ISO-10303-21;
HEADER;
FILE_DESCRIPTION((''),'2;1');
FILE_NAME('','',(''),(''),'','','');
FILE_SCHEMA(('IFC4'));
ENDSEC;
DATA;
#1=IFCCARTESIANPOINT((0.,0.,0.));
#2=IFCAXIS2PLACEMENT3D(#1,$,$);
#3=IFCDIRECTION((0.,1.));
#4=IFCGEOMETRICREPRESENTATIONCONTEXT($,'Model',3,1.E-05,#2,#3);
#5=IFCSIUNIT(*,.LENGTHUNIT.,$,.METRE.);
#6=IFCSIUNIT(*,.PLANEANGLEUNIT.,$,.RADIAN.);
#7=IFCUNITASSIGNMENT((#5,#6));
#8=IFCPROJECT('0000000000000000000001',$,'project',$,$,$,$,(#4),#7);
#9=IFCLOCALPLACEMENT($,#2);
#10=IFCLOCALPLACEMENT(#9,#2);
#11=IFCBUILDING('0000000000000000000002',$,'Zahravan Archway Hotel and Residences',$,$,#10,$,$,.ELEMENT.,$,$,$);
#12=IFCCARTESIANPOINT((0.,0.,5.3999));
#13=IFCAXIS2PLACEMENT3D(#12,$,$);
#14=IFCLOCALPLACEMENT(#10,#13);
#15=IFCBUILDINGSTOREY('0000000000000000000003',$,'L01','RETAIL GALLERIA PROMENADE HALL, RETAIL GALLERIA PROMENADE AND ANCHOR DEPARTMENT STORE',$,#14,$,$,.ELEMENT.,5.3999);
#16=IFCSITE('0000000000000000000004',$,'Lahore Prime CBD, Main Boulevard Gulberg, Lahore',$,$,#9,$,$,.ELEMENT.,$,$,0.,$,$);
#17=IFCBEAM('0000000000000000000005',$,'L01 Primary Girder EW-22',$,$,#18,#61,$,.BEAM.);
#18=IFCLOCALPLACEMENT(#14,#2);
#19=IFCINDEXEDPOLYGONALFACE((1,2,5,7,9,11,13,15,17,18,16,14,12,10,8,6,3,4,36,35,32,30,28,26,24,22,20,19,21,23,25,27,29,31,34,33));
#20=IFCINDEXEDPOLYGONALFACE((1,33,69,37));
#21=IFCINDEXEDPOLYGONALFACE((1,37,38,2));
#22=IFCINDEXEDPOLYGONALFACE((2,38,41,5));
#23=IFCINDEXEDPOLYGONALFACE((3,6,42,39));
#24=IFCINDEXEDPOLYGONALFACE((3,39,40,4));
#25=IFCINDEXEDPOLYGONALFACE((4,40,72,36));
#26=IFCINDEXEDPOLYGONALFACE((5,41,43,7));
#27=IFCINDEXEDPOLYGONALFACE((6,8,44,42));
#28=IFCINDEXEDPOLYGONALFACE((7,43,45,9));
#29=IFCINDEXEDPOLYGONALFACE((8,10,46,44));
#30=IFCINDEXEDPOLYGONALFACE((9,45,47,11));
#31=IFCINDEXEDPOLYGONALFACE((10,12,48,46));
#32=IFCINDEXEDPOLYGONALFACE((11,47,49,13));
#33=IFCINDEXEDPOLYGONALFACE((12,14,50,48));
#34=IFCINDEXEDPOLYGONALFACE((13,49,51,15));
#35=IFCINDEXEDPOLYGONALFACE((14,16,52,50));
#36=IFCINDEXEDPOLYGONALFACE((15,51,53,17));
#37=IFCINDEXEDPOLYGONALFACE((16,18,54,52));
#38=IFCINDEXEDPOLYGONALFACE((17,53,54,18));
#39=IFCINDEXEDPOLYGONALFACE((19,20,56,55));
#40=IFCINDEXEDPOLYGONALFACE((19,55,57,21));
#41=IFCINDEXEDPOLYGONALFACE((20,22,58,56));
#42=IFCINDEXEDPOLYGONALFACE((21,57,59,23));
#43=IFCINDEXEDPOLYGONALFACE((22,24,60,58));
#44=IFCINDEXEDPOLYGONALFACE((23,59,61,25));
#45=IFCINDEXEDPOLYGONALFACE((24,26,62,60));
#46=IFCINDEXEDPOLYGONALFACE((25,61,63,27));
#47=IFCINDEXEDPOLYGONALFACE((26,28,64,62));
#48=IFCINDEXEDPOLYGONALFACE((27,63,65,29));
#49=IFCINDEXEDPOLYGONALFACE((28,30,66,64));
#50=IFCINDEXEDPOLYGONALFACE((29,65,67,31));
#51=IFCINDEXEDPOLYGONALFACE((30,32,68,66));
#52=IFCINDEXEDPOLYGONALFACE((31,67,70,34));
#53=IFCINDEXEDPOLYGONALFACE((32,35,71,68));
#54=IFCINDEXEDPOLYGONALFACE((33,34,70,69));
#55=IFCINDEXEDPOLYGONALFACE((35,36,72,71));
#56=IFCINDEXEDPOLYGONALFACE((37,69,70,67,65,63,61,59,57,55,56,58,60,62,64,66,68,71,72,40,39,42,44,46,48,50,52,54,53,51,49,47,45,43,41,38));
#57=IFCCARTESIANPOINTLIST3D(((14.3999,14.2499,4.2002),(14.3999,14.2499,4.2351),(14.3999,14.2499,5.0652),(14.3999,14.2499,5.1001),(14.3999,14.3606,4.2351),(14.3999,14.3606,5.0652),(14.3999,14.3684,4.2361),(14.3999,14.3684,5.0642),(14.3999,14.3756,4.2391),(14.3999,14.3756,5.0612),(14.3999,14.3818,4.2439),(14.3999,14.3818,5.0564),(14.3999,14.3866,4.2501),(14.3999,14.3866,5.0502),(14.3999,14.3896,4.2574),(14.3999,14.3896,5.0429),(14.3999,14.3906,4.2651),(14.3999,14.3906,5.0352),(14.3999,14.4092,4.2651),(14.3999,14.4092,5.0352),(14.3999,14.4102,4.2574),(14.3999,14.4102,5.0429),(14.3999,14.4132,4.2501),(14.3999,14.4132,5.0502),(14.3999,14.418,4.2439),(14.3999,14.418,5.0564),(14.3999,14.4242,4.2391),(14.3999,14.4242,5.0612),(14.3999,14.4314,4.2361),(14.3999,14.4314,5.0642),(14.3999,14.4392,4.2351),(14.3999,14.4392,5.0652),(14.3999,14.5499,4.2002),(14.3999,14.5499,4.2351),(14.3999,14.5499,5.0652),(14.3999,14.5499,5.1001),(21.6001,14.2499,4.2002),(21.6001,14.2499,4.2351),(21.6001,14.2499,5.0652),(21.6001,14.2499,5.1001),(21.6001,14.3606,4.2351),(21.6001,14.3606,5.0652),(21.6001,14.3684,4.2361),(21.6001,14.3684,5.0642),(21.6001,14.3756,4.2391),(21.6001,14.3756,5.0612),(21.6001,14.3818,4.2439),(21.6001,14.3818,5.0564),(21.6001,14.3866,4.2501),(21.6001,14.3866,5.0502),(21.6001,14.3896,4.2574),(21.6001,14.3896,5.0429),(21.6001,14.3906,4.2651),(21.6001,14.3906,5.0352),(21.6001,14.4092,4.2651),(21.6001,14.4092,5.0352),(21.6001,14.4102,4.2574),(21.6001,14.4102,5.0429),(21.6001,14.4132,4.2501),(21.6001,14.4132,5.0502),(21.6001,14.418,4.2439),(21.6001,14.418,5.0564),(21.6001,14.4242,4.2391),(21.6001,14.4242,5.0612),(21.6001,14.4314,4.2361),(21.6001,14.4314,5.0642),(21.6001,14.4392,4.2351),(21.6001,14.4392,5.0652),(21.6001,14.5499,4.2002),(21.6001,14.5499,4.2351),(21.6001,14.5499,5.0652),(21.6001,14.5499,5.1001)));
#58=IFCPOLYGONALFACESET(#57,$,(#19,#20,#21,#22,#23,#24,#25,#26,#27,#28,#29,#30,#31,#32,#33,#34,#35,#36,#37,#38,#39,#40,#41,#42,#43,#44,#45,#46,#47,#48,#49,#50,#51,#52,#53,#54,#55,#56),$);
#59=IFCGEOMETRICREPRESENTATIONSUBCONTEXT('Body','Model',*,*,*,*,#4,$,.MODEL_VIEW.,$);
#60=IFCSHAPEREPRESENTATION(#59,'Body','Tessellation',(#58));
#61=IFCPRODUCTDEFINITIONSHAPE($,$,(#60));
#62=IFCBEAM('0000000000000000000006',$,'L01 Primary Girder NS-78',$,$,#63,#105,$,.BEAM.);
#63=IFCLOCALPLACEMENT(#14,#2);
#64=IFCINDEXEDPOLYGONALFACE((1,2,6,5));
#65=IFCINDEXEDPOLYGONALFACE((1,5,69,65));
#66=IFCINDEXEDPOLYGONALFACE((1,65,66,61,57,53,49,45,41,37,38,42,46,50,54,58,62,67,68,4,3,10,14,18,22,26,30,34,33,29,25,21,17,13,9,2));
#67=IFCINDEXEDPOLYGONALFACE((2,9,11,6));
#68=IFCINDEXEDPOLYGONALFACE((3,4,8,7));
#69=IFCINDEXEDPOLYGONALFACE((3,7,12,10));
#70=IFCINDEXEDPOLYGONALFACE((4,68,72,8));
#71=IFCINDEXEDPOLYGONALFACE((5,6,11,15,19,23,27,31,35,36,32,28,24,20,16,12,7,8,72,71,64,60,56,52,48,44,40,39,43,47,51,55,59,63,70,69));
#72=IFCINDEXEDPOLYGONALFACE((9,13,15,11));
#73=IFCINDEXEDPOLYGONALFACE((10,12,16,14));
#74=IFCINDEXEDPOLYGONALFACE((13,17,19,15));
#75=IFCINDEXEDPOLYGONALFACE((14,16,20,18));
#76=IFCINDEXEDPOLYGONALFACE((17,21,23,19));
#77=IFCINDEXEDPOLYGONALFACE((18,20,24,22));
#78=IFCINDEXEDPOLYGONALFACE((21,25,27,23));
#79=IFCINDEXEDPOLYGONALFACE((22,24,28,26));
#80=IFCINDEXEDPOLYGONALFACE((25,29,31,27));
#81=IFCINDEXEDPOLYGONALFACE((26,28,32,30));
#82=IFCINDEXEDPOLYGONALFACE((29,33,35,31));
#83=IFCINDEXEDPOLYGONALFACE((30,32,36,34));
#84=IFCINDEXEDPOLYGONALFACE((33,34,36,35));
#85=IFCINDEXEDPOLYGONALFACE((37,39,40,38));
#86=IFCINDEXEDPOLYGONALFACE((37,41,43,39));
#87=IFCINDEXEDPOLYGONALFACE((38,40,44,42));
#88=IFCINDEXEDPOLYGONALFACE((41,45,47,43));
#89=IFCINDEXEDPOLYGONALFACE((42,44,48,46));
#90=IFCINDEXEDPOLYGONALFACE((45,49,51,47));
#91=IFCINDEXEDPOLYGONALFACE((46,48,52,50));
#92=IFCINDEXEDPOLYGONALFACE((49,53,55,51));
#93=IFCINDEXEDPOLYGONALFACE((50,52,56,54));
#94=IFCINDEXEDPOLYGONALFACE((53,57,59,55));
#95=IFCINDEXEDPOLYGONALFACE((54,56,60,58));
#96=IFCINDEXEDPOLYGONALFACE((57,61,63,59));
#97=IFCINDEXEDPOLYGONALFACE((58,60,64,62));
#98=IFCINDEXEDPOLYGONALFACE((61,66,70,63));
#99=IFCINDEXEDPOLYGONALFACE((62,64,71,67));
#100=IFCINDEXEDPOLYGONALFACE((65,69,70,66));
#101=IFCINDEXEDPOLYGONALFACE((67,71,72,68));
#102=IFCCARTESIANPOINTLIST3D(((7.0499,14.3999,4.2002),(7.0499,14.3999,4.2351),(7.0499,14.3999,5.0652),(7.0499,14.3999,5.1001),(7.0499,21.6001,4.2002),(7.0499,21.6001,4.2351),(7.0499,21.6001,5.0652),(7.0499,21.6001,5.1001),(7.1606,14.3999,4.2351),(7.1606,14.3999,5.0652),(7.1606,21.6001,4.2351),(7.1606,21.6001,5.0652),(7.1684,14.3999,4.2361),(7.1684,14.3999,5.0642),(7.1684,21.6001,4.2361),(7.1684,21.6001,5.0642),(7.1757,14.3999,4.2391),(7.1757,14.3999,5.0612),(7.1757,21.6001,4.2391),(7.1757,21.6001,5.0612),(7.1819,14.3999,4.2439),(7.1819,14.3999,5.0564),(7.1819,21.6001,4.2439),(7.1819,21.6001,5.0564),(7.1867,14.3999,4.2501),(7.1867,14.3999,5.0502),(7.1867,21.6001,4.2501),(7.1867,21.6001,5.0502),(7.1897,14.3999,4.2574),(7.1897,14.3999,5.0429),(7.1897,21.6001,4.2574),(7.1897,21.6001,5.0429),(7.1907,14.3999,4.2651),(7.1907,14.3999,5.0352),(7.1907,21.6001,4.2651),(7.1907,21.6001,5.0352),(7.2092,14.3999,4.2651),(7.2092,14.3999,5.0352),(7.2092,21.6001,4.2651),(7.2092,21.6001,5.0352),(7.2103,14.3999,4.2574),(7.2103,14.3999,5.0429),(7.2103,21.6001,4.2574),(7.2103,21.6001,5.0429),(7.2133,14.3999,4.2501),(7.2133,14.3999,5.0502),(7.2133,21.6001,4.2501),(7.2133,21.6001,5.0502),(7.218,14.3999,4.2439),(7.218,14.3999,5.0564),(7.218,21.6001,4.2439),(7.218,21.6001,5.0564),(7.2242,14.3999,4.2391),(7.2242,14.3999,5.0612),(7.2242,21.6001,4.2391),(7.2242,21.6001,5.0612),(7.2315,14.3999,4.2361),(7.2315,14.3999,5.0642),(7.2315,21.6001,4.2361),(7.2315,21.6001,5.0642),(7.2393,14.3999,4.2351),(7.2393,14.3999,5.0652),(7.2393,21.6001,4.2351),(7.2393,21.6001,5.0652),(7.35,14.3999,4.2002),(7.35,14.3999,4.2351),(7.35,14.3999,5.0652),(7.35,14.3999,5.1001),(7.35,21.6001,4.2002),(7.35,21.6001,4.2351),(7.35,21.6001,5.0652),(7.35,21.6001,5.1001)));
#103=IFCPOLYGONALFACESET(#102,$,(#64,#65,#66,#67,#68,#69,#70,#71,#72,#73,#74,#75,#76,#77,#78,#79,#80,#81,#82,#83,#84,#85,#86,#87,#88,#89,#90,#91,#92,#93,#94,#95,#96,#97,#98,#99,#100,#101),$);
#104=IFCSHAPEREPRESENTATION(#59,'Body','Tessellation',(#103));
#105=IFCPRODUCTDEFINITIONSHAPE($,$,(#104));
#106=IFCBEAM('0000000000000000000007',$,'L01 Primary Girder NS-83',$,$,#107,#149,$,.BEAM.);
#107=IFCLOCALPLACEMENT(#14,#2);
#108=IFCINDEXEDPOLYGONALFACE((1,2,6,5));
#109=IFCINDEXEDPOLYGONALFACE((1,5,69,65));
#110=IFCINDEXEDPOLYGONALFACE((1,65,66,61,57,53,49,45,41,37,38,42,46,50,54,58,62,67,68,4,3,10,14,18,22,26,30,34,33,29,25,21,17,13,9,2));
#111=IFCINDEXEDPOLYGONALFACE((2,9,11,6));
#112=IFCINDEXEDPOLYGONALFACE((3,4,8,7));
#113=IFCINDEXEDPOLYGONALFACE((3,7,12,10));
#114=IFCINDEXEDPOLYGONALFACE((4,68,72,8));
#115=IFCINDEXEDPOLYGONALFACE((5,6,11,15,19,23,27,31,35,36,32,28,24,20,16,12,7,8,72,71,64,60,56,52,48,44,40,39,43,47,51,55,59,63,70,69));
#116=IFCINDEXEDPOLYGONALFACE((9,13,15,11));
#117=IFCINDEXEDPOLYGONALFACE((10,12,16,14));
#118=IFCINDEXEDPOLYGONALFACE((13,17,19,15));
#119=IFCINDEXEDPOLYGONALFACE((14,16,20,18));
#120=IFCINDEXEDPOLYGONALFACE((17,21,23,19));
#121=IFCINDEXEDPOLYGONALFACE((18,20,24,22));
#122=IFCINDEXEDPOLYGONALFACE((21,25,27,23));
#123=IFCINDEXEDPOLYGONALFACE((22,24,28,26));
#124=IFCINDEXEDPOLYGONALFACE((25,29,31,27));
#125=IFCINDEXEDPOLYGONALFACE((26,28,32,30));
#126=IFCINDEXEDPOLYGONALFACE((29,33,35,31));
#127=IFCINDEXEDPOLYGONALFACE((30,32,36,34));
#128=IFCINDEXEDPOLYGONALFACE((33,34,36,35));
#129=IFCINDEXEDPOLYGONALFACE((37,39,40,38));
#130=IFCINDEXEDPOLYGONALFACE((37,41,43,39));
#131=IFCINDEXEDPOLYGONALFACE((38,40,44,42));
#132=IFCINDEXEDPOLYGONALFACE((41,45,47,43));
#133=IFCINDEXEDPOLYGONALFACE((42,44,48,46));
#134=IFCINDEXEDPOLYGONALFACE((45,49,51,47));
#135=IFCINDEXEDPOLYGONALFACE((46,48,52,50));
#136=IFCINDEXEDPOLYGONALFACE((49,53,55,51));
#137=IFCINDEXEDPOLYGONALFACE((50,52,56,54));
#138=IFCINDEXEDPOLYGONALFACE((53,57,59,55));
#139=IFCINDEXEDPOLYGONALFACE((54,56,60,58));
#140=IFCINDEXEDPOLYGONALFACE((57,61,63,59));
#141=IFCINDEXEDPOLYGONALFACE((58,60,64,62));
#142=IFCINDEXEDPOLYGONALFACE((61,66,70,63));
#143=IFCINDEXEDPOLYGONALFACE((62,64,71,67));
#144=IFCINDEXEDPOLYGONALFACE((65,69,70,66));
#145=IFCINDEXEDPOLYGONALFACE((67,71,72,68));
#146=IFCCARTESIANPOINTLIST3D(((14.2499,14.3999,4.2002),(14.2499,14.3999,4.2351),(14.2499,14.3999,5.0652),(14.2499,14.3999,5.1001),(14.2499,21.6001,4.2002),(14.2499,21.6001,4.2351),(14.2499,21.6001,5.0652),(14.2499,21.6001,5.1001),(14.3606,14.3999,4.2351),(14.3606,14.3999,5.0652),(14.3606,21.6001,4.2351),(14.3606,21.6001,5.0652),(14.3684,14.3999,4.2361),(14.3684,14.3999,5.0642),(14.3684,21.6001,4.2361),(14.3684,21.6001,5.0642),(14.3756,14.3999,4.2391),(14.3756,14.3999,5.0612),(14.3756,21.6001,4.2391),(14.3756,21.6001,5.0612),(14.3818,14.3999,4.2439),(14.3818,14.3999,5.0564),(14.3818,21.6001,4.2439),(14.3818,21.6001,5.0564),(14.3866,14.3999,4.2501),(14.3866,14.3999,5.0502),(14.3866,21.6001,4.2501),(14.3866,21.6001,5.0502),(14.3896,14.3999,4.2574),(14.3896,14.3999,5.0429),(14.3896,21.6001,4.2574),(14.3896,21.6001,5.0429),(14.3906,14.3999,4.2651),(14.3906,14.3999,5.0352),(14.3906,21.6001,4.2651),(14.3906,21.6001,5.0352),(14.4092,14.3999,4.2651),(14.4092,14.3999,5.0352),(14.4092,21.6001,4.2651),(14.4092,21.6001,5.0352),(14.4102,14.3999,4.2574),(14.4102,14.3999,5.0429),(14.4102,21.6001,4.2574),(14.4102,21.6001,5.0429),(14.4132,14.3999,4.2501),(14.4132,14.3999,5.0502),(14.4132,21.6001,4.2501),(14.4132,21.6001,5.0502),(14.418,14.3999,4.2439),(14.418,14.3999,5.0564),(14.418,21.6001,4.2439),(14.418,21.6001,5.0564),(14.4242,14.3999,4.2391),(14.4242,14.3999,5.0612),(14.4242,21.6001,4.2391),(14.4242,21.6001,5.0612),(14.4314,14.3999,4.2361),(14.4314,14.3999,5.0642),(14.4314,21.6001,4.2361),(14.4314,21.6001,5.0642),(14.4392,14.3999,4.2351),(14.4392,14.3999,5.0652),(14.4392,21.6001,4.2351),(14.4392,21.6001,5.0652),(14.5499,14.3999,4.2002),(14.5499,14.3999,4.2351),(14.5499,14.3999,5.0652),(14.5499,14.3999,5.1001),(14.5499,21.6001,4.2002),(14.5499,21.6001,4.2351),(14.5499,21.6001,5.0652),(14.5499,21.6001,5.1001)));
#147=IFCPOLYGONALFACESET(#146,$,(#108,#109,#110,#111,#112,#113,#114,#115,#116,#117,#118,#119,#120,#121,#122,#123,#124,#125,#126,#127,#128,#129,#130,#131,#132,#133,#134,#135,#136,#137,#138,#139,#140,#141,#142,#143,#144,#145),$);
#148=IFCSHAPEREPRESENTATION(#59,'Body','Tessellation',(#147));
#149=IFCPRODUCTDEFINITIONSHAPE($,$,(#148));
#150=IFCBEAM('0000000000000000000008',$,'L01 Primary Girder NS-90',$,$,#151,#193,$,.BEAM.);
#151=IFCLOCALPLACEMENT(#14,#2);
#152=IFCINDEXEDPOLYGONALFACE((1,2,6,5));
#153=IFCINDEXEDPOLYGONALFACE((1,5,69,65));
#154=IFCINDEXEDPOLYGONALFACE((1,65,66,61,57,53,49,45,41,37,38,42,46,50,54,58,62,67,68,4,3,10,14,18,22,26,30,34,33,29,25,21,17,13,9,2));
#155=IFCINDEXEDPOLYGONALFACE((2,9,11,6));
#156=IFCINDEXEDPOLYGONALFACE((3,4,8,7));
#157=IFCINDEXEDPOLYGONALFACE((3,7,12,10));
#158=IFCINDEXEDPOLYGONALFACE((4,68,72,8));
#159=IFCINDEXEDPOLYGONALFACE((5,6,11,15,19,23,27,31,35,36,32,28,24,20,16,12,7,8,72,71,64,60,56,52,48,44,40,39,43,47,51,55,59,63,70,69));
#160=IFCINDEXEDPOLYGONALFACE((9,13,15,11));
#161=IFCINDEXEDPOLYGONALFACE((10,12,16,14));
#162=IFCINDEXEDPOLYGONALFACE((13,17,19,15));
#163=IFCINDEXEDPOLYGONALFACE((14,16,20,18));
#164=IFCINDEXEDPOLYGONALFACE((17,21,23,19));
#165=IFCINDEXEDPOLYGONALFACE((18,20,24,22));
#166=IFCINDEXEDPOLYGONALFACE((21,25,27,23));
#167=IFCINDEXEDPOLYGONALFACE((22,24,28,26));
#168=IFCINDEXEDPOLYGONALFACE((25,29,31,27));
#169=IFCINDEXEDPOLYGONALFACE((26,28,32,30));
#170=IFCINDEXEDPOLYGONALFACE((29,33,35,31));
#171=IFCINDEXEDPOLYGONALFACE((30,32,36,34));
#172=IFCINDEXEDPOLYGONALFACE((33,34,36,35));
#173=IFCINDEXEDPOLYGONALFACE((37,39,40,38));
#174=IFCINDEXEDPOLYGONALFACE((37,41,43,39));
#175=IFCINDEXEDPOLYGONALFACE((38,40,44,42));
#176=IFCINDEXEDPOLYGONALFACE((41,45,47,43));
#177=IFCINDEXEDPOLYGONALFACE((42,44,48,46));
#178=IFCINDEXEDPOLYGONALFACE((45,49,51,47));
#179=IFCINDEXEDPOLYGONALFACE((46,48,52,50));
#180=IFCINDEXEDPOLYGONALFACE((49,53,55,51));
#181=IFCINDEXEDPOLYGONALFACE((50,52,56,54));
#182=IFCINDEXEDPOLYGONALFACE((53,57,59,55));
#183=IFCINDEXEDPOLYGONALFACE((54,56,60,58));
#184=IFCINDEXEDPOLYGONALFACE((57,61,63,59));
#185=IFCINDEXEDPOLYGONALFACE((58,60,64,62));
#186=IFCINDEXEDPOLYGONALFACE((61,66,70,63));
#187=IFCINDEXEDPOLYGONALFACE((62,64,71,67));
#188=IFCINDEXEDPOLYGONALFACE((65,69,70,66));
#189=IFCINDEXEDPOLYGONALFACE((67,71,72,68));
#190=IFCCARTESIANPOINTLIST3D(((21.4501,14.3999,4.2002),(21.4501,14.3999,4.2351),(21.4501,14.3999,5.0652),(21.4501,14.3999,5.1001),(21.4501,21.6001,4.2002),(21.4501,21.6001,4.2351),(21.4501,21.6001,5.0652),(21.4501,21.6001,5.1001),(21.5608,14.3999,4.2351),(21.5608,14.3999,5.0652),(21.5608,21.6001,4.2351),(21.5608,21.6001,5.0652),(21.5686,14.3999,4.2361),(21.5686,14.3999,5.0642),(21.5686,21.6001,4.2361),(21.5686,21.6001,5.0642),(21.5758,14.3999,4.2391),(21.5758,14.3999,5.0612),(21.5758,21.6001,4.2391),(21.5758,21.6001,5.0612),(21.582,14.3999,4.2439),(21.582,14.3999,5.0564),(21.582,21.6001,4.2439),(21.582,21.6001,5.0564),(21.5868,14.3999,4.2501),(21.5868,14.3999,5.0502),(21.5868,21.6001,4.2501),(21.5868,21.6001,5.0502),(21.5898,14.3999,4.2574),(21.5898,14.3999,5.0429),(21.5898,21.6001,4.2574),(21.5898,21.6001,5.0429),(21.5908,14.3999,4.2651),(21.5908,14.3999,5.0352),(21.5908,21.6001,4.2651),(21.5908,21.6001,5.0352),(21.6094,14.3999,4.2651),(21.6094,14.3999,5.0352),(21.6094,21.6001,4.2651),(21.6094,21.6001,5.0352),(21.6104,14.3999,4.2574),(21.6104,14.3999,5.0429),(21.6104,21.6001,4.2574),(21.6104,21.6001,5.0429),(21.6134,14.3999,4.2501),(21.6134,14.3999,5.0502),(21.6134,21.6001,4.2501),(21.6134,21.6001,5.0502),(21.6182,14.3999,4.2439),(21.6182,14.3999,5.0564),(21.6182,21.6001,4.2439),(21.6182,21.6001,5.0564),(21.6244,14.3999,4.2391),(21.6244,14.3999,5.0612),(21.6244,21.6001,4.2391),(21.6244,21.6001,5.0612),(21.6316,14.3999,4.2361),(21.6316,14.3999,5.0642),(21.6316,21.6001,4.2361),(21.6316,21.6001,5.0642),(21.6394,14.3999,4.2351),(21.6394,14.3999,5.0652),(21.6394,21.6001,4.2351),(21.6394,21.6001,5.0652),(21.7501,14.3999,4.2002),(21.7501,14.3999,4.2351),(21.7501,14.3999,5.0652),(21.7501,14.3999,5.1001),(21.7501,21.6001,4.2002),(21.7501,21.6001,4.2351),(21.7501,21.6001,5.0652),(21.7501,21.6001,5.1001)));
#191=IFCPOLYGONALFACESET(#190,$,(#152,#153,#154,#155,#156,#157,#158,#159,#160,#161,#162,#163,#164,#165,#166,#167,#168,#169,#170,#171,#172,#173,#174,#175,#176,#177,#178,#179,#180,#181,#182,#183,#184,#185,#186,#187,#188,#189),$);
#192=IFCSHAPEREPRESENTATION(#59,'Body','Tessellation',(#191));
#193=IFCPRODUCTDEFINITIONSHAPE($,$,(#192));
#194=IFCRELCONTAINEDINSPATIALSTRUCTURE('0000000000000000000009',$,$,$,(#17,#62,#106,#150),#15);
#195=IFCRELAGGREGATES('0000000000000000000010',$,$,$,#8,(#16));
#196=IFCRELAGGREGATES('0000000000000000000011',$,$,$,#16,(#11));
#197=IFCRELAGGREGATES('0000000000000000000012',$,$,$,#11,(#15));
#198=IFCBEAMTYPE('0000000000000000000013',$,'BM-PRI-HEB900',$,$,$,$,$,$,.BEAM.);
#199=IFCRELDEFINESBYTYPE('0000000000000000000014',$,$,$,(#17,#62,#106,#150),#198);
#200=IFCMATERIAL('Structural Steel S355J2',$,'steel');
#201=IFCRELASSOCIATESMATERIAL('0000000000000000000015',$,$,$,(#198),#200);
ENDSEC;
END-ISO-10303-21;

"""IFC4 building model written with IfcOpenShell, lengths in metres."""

from ifc_helpers import new_model, si_unit, direction, frame, origin, origin_2d, place, context, subcontext, project, spatial, i_section, extrude, source, transform, mapped, material, material_profile, profile_set, type_object, element, save


model = new_model("IFC4")

# Units and contexts
model_context = context("Model", 3, precision=1e-05, world=origin(), true_north=direction((0.0, 1.0)))
body_context = subcontext(model_context, "Body", "Model", "MODEL_VIEW")
ifc_project = project(units=[si_unit("LENGTHUNIT", "METRE"), si_unit("PLANEANGLEUNIT", "RADIAN")], contexts=[model_context])

# Site, building, storey
site_placement = place(None, origin())
site = spatial("IfcSite", under=ifc_project, at=site_placement, Name="Lahore Prime CBD, Main Boulevard Gulberg, Lahore", CompositionType="ELEMENT", RefElevation=0.0)
building_placement = place(site_placement, origin())
building = spatial("IfcBuilding", under=site, at=building_placement, Name="Zahravan Archway Hotel and Residences", CompositionType="ELEMENT")
storey_placement = place(building_placement, frame((0.0, 0.0, 5.3999)))
storey = spatial("IfcBuildingStorey", under=building, at=storey_placement, Name="L01", Description="RETAIL GALLERIA PROMENADE HALL, RETAIL GALLERIA PROMENADE AND ANCHOR DEPARTMENT STORE", CompositionType="ELEMENT", Elevation=5.3999)

# Beams
ifc_material_1 = material(Name="Structural Steel S355J2", Category="steel")
ifc_material_profile_1 = material_profile(ifc_material_1, i_section(OverallWidth=0.3, OverallDepth=0.8999, WebThickness=0.0186, FlangeThickness=0.0349, FilletRadius=0.03, at=origin_2d()), Name="HEB 900", Category="steel")
ifc_profile_set_1 = profile_set([ifc_material_profile_1], Name="Structural Steel S355J2")
beam_type_1 = type_object("IfcBeamType", Name="BM-PRI-HEB900", PredefinedType="BEAM", material=ifc_profile_set_1)
shared_shape_1 = source(origin(), body_context, "Body", "SweptSolid", [
    extrude(i_section(OverallWidth=0.3, OverallDepth=0.8999, WebThickness=0.0186, FlangeThickness=0.0349, FilletRadius=0.03, at=origin_2d()), origin(), (0.0, 0.0, 1.0), 7.2002),
])
for number, where, z_axis, x_axis, name in (
    (1, (14.3999, 14.3999, 4.6501), (1.0, 0.0, 0.0), (0.0, 1.0, 0.0), "L01 Primary Girder EW-22"),
    (2, (7.2, 14.3999, 4.6501), (0.0, 1.0, 0.0), (-1.0, 0.0, 0.0), "L01 Primary Girder NS-78"),
    (3, (14.3999, 14.3999, 4.6501), (0.0, 1.0, 0.0), (-1.0, 0.0, 0.0), "L01 Primary Girder NS-83"),
    (4, (21.6001, 14.3999, 4.6501), (0.0, 1.0, 0.0), (-1.0, 0.0, 0.0), "L01 Primary Girder NS-90"),
):
    element("IfcBeam", number, at=place(storey_placement, frame(where, z_axis=z_axis, x_axis=x_axis)), inside=storey, type_object=beam_type_1, Name=name, PredefinedType="BEAM", context=body_context, shape_type="MappedRepresentation", body=[
        mapped(shared_shape_1, transform((0.0, 0.0, 0.0), scale=1.0)),
    ])

save(model, "model.ifc")
